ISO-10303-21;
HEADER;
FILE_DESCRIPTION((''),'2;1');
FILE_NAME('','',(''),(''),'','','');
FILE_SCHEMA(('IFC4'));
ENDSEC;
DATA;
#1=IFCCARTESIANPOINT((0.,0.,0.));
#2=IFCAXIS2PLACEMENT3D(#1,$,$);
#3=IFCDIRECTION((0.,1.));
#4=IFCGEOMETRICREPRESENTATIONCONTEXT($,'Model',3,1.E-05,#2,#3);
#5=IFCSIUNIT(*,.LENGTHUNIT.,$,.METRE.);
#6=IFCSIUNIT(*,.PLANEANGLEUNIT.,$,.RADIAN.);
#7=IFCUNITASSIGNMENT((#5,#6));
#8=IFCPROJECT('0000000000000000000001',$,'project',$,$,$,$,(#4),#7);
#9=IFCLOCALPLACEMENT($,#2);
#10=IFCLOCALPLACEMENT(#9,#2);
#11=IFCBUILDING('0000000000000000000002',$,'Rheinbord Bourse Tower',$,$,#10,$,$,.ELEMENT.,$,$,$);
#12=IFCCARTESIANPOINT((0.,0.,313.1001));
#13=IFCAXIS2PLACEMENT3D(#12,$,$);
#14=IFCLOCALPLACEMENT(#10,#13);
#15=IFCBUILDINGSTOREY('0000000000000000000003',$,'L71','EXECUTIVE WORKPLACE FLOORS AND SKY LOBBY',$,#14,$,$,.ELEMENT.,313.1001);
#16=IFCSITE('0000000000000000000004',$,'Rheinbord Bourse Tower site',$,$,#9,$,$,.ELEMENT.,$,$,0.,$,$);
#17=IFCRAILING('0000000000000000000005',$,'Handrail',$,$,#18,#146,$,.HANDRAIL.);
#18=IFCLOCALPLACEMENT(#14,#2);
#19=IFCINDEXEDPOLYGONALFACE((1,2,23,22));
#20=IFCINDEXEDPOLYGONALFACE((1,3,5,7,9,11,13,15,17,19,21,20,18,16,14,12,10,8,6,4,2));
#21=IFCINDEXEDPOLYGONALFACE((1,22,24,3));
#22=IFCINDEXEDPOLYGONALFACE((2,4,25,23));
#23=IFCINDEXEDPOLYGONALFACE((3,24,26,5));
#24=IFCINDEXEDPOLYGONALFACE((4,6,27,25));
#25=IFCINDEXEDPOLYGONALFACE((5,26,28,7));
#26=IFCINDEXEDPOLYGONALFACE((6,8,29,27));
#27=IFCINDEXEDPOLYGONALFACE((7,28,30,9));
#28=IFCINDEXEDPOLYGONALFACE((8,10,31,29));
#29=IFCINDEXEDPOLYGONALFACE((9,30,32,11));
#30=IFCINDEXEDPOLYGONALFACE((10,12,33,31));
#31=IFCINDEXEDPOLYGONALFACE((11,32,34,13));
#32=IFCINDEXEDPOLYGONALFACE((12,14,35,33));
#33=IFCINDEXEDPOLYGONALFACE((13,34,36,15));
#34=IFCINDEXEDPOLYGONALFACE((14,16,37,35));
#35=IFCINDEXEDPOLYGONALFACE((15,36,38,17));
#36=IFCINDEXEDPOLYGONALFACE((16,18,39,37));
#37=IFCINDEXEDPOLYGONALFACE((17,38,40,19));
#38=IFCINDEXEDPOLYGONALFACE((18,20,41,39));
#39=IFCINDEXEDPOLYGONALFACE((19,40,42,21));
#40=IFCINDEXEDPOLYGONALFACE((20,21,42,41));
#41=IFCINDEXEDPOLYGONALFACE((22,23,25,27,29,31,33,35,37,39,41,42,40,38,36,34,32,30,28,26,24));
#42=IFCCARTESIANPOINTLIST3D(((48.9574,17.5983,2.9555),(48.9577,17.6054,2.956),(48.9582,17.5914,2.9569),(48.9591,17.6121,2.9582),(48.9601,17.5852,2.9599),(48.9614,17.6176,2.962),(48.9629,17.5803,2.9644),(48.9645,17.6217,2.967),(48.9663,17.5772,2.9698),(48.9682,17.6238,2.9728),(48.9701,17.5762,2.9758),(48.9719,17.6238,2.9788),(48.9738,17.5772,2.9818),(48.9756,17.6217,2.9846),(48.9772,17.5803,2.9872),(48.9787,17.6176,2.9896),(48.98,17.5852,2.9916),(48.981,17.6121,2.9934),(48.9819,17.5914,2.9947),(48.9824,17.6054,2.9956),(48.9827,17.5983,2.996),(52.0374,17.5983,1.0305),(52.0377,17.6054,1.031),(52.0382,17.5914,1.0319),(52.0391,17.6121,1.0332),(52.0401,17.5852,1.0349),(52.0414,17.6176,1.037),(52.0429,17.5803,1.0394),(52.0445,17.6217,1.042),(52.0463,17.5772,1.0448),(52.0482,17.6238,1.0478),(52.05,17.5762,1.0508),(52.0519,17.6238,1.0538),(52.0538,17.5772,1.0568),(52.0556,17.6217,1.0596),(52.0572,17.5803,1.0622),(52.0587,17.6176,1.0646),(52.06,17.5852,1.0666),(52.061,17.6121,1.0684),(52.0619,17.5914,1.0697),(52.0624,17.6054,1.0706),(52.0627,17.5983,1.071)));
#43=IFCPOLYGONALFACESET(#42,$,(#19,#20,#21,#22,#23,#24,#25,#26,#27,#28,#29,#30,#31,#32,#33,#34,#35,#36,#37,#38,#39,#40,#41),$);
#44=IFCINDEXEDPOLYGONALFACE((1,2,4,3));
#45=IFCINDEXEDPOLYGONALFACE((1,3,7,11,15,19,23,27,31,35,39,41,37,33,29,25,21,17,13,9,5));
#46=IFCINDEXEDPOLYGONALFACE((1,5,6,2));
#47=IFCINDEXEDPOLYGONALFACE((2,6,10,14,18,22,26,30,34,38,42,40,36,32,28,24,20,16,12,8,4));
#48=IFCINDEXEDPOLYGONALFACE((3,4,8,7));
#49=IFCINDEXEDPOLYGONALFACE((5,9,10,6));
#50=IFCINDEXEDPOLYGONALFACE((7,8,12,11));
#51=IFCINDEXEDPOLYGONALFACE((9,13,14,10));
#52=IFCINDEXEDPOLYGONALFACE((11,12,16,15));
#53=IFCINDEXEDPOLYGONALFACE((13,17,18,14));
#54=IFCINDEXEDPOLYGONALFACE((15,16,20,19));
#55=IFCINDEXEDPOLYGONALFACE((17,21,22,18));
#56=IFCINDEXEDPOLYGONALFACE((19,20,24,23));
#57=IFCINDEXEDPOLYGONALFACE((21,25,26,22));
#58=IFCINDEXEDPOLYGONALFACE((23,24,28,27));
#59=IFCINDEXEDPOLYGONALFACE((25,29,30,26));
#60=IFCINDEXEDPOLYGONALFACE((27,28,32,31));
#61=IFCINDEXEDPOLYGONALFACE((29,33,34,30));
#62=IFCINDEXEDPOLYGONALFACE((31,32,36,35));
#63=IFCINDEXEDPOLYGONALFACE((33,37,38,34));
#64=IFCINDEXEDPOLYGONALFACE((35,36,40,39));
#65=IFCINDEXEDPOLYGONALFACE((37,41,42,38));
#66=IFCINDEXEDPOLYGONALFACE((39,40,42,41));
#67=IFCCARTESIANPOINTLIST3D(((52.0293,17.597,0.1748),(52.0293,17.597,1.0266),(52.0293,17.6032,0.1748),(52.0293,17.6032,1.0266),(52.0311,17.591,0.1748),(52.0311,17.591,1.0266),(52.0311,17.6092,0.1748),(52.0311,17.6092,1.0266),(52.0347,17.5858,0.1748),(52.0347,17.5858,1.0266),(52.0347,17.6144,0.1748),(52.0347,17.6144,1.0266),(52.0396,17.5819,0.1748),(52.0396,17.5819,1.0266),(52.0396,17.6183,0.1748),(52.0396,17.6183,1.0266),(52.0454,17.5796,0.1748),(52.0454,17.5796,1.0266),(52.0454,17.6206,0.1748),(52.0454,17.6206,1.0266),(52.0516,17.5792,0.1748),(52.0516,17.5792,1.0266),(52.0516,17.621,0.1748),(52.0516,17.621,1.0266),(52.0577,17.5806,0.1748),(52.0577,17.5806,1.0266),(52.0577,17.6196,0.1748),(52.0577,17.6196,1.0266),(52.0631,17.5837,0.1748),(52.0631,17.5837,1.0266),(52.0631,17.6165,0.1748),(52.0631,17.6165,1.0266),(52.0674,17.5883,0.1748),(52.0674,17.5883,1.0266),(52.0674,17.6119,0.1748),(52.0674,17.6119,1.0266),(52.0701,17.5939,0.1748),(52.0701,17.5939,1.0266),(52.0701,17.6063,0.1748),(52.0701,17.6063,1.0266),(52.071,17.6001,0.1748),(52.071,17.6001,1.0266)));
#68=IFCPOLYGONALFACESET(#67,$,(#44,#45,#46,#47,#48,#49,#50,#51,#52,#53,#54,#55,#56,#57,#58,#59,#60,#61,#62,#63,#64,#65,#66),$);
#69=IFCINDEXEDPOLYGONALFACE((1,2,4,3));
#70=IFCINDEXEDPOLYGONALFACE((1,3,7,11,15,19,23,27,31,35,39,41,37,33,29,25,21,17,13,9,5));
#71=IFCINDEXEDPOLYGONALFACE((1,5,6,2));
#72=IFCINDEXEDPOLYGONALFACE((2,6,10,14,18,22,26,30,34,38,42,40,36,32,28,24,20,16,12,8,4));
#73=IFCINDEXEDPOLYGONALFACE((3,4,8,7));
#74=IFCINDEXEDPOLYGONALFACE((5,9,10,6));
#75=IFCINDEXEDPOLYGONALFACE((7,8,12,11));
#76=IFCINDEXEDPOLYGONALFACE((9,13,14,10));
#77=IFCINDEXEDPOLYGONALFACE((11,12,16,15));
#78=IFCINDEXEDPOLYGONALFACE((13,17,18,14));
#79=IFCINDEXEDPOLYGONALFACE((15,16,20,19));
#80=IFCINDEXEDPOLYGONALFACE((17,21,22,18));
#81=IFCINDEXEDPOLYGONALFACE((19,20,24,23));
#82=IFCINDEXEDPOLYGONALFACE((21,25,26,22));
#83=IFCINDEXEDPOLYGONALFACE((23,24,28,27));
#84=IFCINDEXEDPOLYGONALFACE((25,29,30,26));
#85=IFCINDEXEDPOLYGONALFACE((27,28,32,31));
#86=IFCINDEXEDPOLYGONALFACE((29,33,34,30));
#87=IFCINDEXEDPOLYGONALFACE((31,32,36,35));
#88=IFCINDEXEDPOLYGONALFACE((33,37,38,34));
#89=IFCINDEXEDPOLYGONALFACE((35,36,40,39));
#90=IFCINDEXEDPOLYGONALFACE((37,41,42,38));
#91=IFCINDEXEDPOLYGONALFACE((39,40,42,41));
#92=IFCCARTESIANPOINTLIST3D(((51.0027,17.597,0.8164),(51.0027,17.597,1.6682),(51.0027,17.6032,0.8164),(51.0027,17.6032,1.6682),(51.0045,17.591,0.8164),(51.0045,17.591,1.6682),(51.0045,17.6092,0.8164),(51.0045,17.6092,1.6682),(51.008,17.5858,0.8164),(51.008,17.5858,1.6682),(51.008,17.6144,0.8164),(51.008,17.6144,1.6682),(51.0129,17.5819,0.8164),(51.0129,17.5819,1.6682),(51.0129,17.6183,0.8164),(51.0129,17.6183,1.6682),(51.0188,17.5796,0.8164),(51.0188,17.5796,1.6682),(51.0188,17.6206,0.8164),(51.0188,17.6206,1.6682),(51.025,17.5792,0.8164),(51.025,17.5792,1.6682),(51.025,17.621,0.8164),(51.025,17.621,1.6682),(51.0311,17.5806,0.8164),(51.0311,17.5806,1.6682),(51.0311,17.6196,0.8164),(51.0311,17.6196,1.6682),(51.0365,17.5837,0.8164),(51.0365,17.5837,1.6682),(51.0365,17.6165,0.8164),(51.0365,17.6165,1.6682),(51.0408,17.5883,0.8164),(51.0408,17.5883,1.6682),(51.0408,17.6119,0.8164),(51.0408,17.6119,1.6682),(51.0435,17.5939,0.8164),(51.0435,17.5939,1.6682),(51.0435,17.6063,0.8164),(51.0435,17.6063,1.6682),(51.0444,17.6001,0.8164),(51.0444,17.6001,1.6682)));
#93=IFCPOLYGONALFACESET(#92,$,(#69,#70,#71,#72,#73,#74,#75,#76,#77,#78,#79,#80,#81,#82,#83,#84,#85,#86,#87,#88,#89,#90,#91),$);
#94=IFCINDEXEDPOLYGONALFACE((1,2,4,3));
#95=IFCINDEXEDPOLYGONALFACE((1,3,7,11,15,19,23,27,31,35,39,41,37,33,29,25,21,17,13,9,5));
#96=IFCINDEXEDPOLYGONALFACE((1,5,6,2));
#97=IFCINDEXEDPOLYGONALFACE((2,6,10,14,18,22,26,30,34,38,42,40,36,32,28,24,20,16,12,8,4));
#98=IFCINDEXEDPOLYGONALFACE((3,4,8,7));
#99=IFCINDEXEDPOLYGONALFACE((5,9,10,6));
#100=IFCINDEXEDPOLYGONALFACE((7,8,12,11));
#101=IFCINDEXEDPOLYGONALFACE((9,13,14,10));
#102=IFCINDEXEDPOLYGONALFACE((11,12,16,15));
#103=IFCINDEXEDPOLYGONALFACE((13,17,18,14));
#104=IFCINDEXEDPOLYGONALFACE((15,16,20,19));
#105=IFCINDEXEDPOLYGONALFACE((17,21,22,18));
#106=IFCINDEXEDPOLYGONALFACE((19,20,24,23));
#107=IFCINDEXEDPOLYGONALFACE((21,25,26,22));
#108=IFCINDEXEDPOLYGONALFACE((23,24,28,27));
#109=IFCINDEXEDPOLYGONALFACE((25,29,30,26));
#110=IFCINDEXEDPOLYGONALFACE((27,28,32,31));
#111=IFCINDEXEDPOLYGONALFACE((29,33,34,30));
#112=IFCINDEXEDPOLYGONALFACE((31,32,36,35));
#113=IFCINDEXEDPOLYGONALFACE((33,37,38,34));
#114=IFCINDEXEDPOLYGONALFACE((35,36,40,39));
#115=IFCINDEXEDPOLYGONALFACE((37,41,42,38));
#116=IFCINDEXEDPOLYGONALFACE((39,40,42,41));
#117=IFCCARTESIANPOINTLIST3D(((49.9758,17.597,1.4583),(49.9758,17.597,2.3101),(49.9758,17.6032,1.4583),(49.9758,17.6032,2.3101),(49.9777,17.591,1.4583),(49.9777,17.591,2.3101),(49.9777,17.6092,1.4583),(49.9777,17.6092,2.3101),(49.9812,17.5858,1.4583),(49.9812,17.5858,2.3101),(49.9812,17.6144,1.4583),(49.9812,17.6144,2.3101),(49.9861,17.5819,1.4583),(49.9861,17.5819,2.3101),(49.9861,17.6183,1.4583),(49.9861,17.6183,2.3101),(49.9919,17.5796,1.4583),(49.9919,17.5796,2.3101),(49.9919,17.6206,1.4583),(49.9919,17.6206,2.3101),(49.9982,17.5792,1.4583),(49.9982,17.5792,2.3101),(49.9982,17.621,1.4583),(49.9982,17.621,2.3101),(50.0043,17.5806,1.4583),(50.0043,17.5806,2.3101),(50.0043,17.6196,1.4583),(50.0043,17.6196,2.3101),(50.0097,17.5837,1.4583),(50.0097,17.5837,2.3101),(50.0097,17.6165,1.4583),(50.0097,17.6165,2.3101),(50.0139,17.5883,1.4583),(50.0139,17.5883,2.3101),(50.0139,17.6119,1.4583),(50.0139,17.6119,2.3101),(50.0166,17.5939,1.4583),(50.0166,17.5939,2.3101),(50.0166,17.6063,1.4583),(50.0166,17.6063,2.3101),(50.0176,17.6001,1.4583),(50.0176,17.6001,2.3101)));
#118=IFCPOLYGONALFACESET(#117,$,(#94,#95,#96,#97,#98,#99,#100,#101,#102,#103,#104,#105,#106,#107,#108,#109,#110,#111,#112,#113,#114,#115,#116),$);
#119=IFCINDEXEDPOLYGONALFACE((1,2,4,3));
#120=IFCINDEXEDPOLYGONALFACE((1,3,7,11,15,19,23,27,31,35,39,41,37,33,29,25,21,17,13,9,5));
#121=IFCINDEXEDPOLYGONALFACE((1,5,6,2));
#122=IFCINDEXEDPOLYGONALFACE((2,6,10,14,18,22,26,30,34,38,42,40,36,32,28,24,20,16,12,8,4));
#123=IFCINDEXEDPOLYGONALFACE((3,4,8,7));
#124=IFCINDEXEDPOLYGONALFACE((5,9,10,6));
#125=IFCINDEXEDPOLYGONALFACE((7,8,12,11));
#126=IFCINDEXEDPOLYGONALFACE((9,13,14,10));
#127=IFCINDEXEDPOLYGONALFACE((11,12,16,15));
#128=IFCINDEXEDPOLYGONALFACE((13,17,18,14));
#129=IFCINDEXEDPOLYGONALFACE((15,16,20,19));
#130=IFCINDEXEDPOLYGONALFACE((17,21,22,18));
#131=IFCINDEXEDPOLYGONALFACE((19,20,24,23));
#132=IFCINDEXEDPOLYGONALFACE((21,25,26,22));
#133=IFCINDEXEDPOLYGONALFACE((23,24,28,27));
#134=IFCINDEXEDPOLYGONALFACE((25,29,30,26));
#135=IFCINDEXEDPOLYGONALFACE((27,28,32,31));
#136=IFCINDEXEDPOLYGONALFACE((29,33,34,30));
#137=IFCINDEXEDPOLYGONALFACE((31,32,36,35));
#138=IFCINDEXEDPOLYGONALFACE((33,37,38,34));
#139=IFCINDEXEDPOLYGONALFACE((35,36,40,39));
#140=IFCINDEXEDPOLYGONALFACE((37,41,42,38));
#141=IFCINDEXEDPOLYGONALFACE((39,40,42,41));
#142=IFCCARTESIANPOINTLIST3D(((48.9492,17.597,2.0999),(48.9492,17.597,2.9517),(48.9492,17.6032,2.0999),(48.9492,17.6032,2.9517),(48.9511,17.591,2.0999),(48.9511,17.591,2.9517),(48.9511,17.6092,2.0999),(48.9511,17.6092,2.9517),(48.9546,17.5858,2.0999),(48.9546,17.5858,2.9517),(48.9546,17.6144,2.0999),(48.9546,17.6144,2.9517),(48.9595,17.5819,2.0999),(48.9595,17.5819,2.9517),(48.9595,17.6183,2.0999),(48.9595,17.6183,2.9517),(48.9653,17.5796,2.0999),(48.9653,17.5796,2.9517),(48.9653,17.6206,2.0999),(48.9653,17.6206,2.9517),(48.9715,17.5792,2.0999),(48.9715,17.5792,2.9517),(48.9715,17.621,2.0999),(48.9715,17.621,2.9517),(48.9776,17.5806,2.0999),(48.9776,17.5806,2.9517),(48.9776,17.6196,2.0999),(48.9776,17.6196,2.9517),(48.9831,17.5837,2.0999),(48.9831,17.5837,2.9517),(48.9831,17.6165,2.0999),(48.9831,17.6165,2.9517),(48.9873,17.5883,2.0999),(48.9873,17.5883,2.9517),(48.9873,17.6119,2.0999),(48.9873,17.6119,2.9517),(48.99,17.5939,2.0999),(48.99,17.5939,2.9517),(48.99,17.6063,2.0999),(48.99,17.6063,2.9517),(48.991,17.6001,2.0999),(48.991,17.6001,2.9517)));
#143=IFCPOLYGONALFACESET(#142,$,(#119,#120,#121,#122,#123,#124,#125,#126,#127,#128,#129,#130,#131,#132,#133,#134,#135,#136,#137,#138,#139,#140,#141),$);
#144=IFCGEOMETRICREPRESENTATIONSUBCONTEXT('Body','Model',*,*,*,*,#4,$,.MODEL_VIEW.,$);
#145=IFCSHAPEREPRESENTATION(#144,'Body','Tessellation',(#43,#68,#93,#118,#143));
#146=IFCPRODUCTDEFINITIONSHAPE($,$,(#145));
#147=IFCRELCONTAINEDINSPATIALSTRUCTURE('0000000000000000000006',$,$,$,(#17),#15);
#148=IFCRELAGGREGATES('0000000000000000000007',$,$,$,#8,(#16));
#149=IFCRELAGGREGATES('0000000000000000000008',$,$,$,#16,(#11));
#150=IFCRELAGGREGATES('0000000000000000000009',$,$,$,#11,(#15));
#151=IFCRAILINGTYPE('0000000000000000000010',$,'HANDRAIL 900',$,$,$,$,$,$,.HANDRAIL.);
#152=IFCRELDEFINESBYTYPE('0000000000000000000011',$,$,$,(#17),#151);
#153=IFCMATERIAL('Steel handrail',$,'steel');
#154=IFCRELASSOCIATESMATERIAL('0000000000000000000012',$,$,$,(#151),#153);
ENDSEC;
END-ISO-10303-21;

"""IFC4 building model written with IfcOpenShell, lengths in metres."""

from ifc_helpers import new_model, si_unit, direction, frame, origin, origin_2d, place, context, subcontext, project, spatial, circle, extrude, material, type_object, element, save


model = new_model("IFC4")

# Units and contexts
model_context = context("Model", 3, precision=1e-05, world=origin(), true_north=direction((0.0, 1.0)))
body_context = subcontext(model_context, "Body", "Model", "MODEL_VIEW")
ifc_project = project(units=[si_unit("LENGTHUNIT", "METRE"), si_unit("PLANEANGLEUNIT", "RADIAN")], contexts=[model_context])

# Site, building, storey
site_placement = place(None, origin())
site = spatial("IfcSite", under=ifc_project, at=site_placement, Name="Rheinbord Bourse Tower site", CompositionType="ELEMENT", RefElevation=0.0)
building_placement = place(site_placement, origin())
building = spatial("IfcBuilding", under=site, at=building_placement, Name="Rheinbord Bourse Tower", CompositionType="ELEMENT")
storey_placement = place(building_placement, frame((0.0, 0.0, 313.1001)))
storey = spatial("IfcBuildingStorey", under=building, at=storey_placement, Name="L71", Description="EXECUTIVE WORKPLACE FLOORS AND SKY LOBBY", CompositionType="ELEMENT", Elevation=313.1001)

# Railing
ifc_material_1 = material(Name="Steel handrail", Category="steel")
railing_type = type_object("IfcRailingType", Name="HANDRAIL 900", PredefinedType="HANDRAIL", material=ifc_material_1)
railing_1_placement = place(storey_placement, frame((52.05, 17.6001, 0.1748)))
element("IfcRailing", 1, at=railing_1_placement, inside=storey, type_object=railing_type, Name="Handrail", PredefinedType="HANDRAIL", context=body_context, shape_type="SweptSolid", body=[
    extrude(circle(Radius=0.0239, at=origin_2d()), frame((0.0, 0.0, 0.876), z_axis=(-0.847998, 0.0, 0.529999), x_axis=(0.0, -1.0, 0.0)), (0.0, 0.0, 1.0), 3.6321),
    extrude(circle(Radius=0.021, at=origin_2d()), origin(), (0.0, 0.0, 1.0), 0.8518),
    extrude(circle(Radius=0.021, at=origin_2d()), frame((-1.0266, 0.0, 0.6416)), (0.0, 0.0, 1.0), 0.8518),
    extrude(circle(Radius=0.021, at=origin_2d()), frame((-2.0535, 0.0, 1.2834)), (0.0, 0.0, 1.0), 0.8518),
    extrude(circle(Radius=0.021, at=origin_2d()), frame((-3.0801, 0.0, 1.925)), (0.0, 0.0, 1.0), 0.8518),
])

save(model, "model.ifc")
